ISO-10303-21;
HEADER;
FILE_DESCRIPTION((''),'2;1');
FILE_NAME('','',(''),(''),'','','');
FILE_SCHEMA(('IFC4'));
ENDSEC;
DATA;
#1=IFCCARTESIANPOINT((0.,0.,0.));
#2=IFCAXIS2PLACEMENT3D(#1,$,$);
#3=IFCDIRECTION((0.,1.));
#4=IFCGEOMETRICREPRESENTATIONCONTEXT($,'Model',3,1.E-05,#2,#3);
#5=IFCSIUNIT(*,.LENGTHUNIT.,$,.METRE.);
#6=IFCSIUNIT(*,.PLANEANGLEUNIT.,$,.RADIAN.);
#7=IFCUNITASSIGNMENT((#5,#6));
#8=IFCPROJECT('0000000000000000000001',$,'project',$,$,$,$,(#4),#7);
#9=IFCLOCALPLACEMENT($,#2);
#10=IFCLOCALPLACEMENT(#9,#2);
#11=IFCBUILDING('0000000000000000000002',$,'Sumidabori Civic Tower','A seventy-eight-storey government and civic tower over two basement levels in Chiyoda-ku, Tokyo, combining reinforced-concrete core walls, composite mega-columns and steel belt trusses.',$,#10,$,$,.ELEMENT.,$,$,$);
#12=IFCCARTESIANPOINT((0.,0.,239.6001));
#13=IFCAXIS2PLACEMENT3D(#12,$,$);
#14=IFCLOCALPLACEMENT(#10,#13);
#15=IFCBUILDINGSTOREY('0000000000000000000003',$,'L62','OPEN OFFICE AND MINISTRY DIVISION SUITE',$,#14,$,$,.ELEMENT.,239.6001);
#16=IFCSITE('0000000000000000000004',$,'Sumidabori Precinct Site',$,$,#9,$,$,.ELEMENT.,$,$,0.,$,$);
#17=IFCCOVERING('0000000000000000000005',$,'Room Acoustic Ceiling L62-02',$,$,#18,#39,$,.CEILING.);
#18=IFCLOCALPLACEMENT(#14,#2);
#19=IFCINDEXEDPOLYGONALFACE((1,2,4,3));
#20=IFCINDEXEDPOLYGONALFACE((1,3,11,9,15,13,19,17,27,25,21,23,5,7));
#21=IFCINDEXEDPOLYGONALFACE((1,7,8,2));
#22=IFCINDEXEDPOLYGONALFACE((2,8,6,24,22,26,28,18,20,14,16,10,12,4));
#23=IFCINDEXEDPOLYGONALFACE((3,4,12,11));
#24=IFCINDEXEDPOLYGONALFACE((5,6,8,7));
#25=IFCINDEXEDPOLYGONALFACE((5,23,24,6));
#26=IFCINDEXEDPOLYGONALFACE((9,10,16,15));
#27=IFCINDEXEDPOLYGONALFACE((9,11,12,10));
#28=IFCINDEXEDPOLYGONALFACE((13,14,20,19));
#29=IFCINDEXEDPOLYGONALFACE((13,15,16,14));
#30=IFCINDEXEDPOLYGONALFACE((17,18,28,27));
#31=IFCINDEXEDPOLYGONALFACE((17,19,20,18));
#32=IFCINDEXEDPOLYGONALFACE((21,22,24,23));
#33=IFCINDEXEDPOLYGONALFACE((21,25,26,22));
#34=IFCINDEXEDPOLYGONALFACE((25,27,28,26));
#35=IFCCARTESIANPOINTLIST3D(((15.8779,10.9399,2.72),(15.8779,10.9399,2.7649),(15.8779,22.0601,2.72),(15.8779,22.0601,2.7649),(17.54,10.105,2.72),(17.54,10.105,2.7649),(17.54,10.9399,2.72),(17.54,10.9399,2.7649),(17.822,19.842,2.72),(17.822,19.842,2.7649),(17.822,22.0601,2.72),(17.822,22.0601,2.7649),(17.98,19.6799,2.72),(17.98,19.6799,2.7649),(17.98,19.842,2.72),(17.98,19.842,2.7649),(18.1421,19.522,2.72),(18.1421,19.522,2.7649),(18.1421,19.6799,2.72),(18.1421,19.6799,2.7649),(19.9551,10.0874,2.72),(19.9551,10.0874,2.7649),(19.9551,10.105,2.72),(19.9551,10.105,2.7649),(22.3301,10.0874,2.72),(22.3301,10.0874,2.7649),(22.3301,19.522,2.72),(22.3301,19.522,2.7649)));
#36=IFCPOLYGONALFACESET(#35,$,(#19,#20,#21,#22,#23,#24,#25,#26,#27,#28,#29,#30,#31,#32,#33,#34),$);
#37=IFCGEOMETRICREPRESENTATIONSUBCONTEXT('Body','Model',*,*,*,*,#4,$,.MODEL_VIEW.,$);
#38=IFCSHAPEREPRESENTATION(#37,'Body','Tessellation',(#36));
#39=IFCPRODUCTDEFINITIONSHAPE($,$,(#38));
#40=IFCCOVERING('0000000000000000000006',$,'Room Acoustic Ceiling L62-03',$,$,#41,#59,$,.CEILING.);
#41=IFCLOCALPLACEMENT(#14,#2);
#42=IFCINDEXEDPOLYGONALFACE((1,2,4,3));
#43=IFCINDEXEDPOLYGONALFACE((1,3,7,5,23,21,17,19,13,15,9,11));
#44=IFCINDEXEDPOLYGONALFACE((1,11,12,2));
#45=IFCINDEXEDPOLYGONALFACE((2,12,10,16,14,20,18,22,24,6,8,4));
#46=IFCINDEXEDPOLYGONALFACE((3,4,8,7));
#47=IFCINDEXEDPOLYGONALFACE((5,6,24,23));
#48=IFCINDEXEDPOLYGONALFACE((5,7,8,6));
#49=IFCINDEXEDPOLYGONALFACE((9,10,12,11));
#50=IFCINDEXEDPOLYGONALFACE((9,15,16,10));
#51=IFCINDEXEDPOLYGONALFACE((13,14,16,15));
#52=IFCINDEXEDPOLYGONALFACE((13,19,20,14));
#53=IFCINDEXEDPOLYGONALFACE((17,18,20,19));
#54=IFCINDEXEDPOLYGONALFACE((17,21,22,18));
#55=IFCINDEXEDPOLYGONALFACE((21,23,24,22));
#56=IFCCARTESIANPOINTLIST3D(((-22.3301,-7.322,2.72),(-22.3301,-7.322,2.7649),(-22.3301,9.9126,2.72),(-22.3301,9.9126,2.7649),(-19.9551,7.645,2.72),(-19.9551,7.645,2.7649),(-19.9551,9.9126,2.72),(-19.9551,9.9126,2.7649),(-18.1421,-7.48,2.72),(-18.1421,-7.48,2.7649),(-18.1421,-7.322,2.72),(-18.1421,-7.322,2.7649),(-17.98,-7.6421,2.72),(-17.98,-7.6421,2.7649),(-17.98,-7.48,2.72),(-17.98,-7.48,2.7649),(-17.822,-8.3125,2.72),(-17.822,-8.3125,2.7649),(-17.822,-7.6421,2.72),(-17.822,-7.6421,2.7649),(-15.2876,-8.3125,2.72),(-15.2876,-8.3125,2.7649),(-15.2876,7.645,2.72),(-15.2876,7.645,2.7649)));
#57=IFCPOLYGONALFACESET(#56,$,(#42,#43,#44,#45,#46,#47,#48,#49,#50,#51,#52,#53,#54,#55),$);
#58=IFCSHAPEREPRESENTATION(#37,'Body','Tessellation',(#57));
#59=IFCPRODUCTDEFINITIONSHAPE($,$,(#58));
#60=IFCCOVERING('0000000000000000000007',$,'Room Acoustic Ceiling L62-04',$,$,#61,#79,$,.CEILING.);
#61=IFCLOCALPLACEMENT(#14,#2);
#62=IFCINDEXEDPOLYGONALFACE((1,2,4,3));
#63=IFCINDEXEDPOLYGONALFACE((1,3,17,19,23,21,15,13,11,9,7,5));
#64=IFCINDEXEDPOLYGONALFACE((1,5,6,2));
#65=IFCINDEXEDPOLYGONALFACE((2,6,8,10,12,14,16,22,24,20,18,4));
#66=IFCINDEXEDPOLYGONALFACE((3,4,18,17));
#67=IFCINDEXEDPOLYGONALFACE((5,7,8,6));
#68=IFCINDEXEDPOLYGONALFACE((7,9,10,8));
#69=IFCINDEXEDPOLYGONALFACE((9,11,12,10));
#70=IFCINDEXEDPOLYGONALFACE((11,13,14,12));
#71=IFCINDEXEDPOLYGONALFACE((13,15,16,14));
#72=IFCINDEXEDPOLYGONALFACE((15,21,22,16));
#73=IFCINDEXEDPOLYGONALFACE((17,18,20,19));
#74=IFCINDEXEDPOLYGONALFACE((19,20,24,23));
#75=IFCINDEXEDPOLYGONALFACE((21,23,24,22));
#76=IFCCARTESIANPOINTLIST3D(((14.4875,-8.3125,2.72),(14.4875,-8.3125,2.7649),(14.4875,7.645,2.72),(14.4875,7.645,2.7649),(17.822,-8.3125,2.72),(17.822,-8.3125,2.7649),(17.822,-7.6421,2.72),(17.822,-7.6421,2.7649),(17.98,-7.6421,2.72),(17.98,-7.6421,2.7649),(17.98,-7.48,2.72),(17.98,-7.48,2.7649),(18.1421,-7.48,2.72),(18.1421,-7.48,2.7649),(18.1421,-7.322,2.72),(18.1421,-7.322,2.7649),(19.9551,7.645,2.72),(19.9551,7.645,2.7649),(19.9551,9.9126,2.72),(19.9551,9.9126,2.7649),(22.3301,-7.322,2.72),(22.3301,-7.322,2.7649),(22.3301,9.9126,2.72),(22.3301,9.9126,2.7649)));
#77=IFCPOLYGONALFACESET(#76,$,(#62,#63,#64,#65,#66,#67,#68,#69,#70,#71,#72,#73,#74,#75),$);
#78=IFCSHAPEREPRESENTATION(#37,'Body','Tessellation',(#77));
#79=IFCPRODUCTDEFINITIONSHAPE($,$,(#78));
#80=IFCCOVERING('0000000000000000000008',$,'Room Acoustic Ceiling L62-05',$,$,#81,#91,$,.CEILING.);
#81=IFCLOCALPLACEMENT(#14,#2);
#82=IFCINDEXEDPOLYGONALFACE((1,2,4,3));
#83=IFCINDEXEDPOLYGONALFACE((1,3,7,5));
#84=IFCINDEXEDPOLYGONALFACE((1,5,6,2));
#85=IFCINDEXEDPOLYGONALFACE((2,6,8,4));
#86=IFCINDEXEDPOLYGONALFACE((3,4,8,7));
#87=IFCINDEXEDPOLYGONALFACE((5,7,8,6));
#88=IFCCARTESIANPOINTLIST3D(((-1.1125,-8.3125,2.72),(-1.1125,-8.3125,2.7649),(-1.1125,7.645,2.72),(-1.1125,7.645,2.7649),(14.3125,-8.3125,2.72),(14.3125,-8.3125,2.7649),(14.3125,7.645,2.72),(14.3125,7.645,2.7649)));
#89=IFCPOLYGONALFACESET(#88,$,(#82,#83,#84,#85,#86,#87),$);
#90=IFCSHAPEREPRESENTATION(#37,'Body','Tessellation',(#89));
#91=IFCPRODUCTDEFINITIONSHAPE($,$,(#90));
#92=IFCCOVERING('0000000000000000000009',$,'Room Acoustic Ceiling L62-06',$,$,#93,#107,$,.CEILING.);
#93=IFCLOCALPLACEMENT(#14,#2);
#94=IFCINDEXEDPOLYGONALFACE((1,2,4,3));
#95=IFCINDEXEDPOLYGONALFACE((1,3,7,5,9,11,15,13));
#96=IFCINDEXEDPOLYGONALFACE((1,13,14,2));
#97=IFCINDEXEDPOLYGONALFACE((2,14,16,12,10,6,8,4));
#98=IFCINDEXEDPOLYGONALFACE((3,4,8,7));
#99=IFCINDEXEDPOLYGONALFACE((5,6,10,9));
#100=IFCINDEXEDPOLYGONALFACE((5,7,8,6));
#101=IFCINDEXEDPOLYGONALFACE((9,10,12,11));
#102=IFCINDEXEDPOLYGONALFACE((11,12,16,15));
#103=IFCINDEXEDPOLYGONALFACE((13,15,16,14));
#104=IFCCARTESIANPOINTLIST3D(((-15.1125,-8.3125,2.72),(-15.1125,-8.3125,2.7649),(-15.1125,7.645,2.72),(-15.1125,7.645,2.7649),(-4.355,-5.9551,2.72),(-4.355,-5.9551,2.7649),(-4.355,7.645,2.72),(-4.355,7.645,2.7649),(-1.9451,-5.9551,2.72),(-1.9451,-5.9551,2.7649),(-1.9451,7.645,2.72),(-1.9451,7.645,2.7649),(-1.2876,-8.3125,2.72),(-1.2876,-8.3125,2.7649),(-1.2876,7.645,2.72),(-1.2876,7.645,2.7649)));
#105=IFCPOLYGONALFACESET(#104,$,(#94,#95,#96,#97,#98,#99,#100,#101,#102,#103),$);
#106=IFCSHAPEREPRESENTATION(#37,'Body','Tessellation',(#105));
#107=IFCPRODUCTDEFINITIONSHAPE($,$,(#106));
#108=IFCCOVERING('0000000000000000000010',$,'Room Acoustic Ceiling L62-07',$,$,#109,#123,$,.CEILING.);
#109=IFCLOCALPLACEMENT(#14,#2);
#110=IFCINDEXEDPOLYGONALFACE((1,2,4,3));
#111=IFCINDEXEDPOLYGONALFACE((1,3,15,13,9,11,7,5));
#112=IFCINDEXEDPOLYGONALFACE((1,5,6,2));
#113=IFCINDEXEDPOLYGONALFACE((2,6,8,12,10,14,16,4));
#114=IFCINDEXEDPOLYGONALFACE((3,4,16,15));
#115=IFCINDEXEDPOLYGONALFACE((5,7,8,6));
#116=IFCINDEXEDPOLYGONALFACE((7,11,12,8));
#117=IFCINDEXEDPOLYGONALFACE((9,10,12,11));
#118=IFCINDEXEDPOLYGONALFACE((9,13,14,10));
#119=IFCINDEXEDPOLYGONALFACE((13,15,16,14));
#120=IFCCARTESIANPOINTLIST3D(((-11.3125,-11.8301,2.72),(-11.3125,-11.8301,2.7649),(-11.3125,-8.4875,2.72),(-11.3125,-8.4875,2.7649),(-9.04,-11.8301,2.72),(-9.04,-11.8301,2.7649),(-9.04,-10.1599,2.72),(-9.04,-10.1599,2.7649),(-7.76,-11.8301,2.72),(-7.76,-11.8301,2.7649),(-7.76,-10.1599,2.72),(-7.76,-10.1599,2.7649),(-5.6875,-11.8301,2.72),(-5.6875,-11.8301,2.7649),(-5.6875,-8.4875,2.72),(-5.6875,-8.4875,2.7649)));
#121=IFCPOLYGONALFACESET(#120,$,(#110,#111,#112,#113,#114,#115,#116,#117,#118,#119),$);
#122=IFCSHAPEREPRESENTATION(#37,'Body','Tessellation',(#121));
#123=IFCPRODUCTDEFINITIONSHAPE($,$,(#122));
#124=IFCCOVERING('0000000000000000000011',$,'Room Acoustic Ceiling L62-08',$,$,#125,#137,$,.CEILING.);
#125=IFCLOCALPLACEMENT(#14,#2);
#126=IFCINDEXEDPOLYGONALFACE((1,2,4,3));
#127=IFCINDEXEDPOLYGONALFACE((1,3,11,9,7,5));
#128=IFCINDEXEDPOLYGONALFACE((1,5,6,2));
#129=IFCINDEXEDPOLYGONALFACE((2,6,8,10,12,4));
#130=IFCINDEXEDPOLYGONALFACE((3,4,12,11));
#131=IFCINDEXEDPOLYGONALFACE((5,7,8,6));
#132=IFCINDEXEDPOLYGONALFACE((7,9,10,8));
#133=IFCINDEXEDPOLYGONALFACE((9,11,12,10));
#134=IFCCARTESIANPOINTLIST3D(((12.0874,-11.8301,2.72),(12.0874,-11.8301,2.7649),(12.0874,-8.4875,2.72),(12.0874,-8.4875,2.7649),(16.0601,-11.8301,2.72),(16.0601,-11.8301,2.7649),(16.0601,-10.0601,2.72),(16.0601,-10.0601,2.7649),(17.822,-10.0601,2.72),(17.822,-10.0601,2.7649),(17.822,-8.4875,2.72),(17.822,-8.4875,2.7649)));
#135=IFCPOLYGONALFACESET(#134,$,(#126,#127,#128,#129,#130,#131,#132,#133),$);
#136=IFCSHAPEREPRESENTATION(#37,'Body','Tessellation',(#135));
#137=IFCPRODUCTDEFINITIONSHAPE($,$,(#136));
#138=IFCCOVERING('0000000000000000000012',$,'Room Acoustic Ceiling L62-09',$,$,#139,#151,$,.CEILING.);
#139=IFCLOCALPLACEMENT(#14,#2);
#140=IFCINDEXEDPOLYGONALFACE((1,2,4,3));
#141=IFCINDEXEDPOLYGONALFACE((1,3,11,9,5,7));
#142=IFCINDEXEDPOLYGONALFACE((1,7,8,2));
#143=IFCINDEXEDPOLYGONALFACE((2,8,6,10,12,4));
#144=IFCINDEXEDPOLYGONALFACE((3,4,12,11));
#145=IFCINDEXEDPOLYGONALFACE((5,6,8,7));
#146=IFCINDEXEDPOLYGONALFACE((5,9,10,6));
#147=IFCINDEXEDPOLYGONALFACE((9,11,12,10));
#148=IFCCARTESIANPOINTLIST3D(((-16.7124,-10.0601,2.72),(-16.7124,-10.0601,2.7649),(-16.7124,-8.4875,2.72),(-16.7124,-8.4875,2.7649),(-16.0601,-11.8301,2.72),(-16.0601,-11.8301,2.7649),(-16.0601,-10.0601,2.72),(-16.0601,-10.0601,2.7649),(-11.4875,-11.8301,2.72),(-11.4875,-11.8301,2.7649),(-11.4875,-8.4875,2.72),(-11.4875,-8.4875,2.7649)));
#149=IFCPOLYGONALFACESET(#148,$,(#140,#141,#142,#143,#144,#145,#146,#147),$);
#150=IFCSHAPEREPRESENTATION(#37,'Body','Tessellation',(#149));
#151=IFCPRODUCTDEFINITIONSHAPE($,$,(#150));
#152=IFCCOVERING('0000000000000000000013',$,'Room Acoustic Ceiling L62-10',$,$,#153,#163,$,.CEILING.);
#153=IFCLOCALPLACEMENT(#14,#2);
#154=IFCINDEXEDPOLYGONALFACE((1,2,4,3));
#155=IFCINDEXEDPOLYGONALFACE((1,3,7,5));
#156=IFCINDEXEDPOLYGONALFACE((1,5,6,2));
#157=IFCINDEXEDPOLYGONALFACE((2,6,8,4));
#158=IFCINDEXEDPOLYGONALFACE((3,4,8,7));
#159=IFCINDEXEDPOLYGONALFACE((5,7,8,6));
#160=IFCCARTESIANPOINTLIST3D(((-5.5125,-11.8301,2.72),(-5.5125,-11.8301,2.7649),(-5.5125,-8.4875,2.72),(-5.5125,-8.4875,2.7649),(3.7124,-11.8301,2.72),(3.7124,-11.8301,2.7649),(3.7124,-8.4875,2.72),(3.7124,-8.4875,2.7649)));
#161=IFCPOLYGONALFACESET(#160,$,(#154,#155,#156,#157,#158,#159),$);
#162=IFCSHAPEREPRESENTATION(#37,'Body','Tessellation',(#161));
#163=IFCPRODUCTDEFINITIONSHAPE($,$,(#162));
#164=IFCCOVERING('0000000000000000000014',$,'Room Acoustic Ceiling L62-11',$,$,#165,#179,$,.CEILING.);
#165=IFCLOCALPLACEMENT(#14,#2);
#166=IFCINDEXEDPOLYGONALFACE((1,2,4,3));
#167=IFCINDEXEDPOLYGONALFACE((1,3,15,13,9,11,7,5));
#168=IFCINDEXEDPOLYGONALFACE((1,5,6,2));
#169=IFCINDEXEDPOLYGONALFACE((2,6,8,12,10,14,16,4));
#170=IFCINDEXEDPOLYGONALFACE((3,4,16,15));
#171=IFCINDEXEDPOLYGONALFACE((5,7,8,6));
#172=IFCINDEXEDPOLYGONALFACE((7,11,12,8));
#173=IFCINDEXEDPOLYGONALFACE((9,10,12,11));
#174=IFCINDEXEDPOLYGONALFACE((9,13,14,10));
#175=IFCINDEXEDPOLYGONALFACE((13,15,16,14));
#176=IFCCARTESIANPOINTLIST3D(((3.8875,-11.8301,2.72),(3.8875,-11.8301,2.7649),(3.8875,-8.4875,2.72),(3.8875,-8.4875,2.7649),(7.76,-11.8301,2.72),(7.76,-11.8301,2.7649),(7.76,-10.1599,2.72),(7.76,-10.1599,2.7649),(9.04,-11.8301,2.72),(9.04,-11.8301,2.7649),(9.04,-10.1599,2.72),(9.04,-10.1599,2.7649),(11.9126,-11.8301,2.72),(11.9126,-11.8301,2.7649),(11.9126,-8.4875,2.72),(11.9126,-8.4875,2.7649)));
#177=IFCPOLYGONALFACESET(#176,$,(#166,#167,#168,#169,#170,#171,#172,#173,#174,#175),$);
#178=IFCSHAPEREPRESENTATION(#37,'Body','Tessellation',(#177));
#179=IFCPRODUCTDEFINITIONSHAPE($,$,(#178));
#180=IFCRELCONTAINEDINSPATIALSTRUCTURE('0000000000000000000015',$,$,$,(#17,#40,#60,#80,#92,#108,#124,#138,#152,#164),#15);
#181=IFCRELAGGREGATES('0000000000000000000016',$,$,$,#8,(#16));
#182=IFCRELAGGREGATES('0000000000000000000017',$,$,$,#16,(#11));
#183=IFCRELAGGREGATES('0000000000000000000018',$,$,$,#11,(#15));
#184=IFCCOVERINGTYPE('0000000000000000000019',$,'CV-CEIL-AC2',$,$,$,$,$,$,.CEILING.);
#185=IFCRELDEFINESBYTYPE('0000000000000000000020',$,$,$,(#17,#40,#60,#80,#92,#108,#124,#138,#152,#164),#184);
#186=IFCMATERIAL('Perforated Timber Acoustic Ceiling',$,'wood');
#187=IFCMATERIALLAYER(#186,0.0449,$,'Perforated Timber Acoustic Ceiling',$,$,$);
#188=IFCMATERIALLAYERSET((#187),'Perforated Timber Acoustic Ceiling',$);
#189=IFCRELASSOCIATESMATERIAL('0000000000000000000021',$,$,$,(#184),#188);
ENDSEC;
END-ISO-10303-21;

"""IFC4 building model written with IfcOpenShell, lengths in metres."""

from ifc_helpers import new_model, si_unit, direction, frame, origin, place, context, subcontext, project, spatial, polyline, outline, extrude, material, layer, layer_set, type_object, element, save


model = new_model("IFC4")

# Units and contexts
model_context = context("Model", 3, precision=1e-05, world=origin(), true_north=direction((0.0, 1.0)))
body_context = subcontext(model_context, "Body", "Model", "MODEL_VIEW")
ifc_project = project(units=[si_unit("LENGTHUNIT", "METRE"), si_unit("PLANEANGLEUNIT", "RADIAN")], contexts=[model_context])

# Site, building, storey
site_placement = place(None, origin())
site = spatial("IfcSite", under=ifc_project, at=site_placement, Name="Sumidabori Precinct Site", CompositionType="ELEMENT", RefElevation=0.0)
building_placement = place(site_placement, origin())
building = spatial("IfcBuilding", under=site, at=building_placement, Name="Sumidabori Civic Tower", Description="A seventy-eight-storey government and civic tower over two basement levels in Chiyoda-ku, Tokyo, combining reinforced-concrete core walls, composite mega-columns and steel belt trusses.", CompositionType="ELEMENT")
storey_placement = place(building_placement, frame((0.0, 0.0, 239.6001)))
storey = spatial("IfcBuildingStorey", under=building, at=storey_placement, Name="L62", Description="OPEN OFFICE AND MINISTRY DIVISION SUITE", CompositionType="ELEMENT", Elevation=239.6001)

# Coverings
ifc_material_1 = material(Name="Perforated Timber Acoustic Ceiling", Category="wood")
ifc_layer_1 = layer(ifc_material_1, 0.0449, Name="Perforated Timber Acoustic Ceiling")
ifc_layer_set_1 = layer_set([ifc_layer_1], Name="Perforated Timber Acoustic Ceiling")
covering_type_1 = type_object("IfcCoveringType", Name="CV-CEIL-AC2", PredefinedType="CEILING", material=ifc_layer_set_1)
covering_1_placement = place(storey_placement, frame((0.0, 0.0, 2.72)))
element("IfcCovering", 1, at=covering_1_placement, inside=storey, type_object=covering_type_1, Name="Room Acoustic Ceiling L62-02", PredefinedType="CEILING", context=body_context, shape_type="SweptSolid", body=[
    extrude(outline(polyline([(17.822, 22.0601), (17.822, 19.842), (17.98, 19.842), (17.98, 19.6799), (18.1421, 19.6799), (18.1421, 19.522), (22.3301, 19.522), (22.3301, 10.0874), (19.9551, 10.0874), (19.9551, 10.105), (17.54, 10.105), (17.54, 10.9399), (15.8779, 10.9399), (15.8779, 22.0601), (17.822, 22.0601)])), origin(), (0.0, 0.0, 1.0), 0.0449),
])
covering_2_placement = place(storey_placement, frame((0.0, 0.0, 2.72)))
element("IfcCovering", 2, at=covering_2_placement, inside=storey, type_object=covering_type_1, Name="Room Acoustic Ceiling L62-03", PredefinedType="CEILING", context=body_context, shape_type="SweptSolid", body=[
    extrude(outline(polyline([(-22.3301, -7.322), (-22.3301, 9.9126), (-19.9551, 9.9126), (-19.9551, 7.645), (-15.2876, 7.645), (-15.2876, -8.3125), (-17.822, -8.3125), (-17.822, -7.6421), (-17.98, -7.6421), (-17.98, -7.48), (-18.1421, -7.48), (-18.1421, -7.322), (-22.3301, -7.322)])), origin(), (0.0, 0.0, 1.0), 0.0449),
])
covering_3_placement = place(storey_placement, frame((0.0, 0.0, 2.72)))
element("IfcCovering", 3, at=covering_3_placement, inside=storey, type_object=covering_type_1, Name="Room Acoustic Ceiling L62-04", PredefinedType="CEILING", context=body_context, shape_type="SweptSolid", body=[
    extrude(outline(polyline([(17.822, -8.3125), (14.4875, -8.3125), (14.4875, 7.645), (19.9551, 7.645), (19.9551, 9.9126), (22.3301, 9.9126), (22.3301, -7.322), (18.1421, -7.322), (18.1421, -7.48), (17.98, -7.48), (17.98, -7.6421), (17.822, -7.6421), (17.822, -8.3125)])), origin(), (0.0, 0.0, 1.0), 0.0449),
])
covering_4_placement = place(storey_placement, frame((0.0, 0.0, 2.72)))
element("IfcCovering", 4, at=covering_4_placement, inside=storey, type_object=covering_type_1, Name="Room Acoustic Ceiling L62-05", PredefinedType="CEILING", context=body_context, shape_type="SweptSolid", body=[
    extrude(outline(polyline([(-1.1125, -8.3125), (-1.1125, 7.645), (14.3125, 7.645), (14.3125, -8.3125), (-1.1125, -8.3125)])), origin(), (0.0, 0.0, 1.0), 0.0449),
])
covering_5_placement = place(storey_placement, frame((0.0, 0.0, 2.72)))
element("IfcCovering", 5, at=covering_5_placement, inside=storey, type_object=covering_type_1, Name="Room Acoustic Ceiling L62-06", PredefinedType="CEILING", context=body_context, shape_type="SweptSolid", body=[
    extrude(outline(polyline([(-15.1125, -8.3125), (-15.1125, 7.645), (-4.355, 7.645), (-4.355, -5.9551), (-1.9451, -5.9551), (-1.9451, 7.645), (-1.2876, 7.645), (-1.2876, -8.3125), (-15.1125, -8.3125)])), origin(), (0.0, 0.0, 1.0), 0.0449),
])
covering_6_placement = place(storey_placement, frame((0.0, 0.0, 2.72)))
element("IfcCovering", 6, at=covering_6_placement, inside=storey, type_object=covering_type_1, Name="Room Acoustic Ceiling L62-07", PredefinedType="CEILING", context=body_context, shape_type="SweptSolid", body=[
    extrude(outline(polyline([(-5.6875, -8.4875), (-5.6875, -11.8301), (-7.76, -11.8301), (-7.76, -10.1599), (-9.04, -10.1599), (-9.04, -11.8301), (-11.3125, -11.8301), (-11.3125, -8.4875), (-5.6875, -8.4875)])), origin(), (0.0, 0.0, 1.0), 0.0449),
])
covering_7_placement = place(storey_placement, frame((0.0, 0.0, 2.72)))
element("IfcCovering", 7, at=covering_7_placement, inside=storey, type_object=covering_type_1, Name="Room Acoustic Ceiling L62-08", PredefinedType="CEILING", context=body_context, shape_type="SweptSolid", body=[
    extrude(outline(polyline([(17.822, -8.4875), (17.822, -10.0601), (16.0601, -10.0601), (16.0601, -11.8301), (12.0874, -11.8301), (12.0874, -8.4875), (17.822, -8.4875)])), origin(), (0.0, 0.0, 1.0), 0.0449),
])
covering_8_placement = place(storey_placement, frame((0.0, 0.0, 2.72)))
element("IfcCovering", 8, at=covering_8_placement, inside=storey, type_object=covering_type_1, Name="Room Acoustic Ceiling L62-09", PredefinedType="CEILING", context=body_context, shape_type="SweptSolid", body=[
    extrude(outline(polyline([(-16.0601, -10.0601), (-16.7124, -10.0601), (-16.7124, -8.4875), (-11.4875, -8.4875), (-11.4875, -11.8301), (-16.0601, -11.8301), (-16.0601, -10.0601)])), origin(), (0.0, 0.0, 1.0), 0.0449),
])
covering_9_placement = place(storey_placement, frame((0.0, 0.0, 2.72)))
element("IfcCovering", 9, at=covering_9_placement, inside=storey, type_object=covering_type_1, Name="Room Acoustic Ceiling L62-10", PredefinedType="CEILING", context=body_context, shape_type="SweptSolid", body=[
    extrude(outline(polyline([(3.7124, -8.4875), (3.7124, -11.8301), (-5.5125, -11.8301), (-5.5125, -8.4875), (3.7124, -8.4875)])), origin(), (0.0, 0.0, 1.0), 0.0449),
])
covering_10_placement = place(storey_placement, frame((0.0, 0.0, 2.72)))
element("IfcCovering", 10, at=covering_10_placement, inside=storey, type_object=covering_type_1, Name="Room Acoustic Ceiling L62-11", PredefinedType="CEILING", context=body_context, shape_type="SweptSolid", body=[
    extrude(outline(polyline([(11.9126, -8.4875), (11.9126, -11.8301), (9.04, -11.8301), (9.04, -10.1599), (7.76, -10.1599), (7.76, -11.8301), (3.8875, -11.8301), (3.8875, -8.4875), (11.9126, -8.4875)])), origin(), (0.0, 0.0, 1.0), 0.0449),
])

save(model, "model.ifc")
